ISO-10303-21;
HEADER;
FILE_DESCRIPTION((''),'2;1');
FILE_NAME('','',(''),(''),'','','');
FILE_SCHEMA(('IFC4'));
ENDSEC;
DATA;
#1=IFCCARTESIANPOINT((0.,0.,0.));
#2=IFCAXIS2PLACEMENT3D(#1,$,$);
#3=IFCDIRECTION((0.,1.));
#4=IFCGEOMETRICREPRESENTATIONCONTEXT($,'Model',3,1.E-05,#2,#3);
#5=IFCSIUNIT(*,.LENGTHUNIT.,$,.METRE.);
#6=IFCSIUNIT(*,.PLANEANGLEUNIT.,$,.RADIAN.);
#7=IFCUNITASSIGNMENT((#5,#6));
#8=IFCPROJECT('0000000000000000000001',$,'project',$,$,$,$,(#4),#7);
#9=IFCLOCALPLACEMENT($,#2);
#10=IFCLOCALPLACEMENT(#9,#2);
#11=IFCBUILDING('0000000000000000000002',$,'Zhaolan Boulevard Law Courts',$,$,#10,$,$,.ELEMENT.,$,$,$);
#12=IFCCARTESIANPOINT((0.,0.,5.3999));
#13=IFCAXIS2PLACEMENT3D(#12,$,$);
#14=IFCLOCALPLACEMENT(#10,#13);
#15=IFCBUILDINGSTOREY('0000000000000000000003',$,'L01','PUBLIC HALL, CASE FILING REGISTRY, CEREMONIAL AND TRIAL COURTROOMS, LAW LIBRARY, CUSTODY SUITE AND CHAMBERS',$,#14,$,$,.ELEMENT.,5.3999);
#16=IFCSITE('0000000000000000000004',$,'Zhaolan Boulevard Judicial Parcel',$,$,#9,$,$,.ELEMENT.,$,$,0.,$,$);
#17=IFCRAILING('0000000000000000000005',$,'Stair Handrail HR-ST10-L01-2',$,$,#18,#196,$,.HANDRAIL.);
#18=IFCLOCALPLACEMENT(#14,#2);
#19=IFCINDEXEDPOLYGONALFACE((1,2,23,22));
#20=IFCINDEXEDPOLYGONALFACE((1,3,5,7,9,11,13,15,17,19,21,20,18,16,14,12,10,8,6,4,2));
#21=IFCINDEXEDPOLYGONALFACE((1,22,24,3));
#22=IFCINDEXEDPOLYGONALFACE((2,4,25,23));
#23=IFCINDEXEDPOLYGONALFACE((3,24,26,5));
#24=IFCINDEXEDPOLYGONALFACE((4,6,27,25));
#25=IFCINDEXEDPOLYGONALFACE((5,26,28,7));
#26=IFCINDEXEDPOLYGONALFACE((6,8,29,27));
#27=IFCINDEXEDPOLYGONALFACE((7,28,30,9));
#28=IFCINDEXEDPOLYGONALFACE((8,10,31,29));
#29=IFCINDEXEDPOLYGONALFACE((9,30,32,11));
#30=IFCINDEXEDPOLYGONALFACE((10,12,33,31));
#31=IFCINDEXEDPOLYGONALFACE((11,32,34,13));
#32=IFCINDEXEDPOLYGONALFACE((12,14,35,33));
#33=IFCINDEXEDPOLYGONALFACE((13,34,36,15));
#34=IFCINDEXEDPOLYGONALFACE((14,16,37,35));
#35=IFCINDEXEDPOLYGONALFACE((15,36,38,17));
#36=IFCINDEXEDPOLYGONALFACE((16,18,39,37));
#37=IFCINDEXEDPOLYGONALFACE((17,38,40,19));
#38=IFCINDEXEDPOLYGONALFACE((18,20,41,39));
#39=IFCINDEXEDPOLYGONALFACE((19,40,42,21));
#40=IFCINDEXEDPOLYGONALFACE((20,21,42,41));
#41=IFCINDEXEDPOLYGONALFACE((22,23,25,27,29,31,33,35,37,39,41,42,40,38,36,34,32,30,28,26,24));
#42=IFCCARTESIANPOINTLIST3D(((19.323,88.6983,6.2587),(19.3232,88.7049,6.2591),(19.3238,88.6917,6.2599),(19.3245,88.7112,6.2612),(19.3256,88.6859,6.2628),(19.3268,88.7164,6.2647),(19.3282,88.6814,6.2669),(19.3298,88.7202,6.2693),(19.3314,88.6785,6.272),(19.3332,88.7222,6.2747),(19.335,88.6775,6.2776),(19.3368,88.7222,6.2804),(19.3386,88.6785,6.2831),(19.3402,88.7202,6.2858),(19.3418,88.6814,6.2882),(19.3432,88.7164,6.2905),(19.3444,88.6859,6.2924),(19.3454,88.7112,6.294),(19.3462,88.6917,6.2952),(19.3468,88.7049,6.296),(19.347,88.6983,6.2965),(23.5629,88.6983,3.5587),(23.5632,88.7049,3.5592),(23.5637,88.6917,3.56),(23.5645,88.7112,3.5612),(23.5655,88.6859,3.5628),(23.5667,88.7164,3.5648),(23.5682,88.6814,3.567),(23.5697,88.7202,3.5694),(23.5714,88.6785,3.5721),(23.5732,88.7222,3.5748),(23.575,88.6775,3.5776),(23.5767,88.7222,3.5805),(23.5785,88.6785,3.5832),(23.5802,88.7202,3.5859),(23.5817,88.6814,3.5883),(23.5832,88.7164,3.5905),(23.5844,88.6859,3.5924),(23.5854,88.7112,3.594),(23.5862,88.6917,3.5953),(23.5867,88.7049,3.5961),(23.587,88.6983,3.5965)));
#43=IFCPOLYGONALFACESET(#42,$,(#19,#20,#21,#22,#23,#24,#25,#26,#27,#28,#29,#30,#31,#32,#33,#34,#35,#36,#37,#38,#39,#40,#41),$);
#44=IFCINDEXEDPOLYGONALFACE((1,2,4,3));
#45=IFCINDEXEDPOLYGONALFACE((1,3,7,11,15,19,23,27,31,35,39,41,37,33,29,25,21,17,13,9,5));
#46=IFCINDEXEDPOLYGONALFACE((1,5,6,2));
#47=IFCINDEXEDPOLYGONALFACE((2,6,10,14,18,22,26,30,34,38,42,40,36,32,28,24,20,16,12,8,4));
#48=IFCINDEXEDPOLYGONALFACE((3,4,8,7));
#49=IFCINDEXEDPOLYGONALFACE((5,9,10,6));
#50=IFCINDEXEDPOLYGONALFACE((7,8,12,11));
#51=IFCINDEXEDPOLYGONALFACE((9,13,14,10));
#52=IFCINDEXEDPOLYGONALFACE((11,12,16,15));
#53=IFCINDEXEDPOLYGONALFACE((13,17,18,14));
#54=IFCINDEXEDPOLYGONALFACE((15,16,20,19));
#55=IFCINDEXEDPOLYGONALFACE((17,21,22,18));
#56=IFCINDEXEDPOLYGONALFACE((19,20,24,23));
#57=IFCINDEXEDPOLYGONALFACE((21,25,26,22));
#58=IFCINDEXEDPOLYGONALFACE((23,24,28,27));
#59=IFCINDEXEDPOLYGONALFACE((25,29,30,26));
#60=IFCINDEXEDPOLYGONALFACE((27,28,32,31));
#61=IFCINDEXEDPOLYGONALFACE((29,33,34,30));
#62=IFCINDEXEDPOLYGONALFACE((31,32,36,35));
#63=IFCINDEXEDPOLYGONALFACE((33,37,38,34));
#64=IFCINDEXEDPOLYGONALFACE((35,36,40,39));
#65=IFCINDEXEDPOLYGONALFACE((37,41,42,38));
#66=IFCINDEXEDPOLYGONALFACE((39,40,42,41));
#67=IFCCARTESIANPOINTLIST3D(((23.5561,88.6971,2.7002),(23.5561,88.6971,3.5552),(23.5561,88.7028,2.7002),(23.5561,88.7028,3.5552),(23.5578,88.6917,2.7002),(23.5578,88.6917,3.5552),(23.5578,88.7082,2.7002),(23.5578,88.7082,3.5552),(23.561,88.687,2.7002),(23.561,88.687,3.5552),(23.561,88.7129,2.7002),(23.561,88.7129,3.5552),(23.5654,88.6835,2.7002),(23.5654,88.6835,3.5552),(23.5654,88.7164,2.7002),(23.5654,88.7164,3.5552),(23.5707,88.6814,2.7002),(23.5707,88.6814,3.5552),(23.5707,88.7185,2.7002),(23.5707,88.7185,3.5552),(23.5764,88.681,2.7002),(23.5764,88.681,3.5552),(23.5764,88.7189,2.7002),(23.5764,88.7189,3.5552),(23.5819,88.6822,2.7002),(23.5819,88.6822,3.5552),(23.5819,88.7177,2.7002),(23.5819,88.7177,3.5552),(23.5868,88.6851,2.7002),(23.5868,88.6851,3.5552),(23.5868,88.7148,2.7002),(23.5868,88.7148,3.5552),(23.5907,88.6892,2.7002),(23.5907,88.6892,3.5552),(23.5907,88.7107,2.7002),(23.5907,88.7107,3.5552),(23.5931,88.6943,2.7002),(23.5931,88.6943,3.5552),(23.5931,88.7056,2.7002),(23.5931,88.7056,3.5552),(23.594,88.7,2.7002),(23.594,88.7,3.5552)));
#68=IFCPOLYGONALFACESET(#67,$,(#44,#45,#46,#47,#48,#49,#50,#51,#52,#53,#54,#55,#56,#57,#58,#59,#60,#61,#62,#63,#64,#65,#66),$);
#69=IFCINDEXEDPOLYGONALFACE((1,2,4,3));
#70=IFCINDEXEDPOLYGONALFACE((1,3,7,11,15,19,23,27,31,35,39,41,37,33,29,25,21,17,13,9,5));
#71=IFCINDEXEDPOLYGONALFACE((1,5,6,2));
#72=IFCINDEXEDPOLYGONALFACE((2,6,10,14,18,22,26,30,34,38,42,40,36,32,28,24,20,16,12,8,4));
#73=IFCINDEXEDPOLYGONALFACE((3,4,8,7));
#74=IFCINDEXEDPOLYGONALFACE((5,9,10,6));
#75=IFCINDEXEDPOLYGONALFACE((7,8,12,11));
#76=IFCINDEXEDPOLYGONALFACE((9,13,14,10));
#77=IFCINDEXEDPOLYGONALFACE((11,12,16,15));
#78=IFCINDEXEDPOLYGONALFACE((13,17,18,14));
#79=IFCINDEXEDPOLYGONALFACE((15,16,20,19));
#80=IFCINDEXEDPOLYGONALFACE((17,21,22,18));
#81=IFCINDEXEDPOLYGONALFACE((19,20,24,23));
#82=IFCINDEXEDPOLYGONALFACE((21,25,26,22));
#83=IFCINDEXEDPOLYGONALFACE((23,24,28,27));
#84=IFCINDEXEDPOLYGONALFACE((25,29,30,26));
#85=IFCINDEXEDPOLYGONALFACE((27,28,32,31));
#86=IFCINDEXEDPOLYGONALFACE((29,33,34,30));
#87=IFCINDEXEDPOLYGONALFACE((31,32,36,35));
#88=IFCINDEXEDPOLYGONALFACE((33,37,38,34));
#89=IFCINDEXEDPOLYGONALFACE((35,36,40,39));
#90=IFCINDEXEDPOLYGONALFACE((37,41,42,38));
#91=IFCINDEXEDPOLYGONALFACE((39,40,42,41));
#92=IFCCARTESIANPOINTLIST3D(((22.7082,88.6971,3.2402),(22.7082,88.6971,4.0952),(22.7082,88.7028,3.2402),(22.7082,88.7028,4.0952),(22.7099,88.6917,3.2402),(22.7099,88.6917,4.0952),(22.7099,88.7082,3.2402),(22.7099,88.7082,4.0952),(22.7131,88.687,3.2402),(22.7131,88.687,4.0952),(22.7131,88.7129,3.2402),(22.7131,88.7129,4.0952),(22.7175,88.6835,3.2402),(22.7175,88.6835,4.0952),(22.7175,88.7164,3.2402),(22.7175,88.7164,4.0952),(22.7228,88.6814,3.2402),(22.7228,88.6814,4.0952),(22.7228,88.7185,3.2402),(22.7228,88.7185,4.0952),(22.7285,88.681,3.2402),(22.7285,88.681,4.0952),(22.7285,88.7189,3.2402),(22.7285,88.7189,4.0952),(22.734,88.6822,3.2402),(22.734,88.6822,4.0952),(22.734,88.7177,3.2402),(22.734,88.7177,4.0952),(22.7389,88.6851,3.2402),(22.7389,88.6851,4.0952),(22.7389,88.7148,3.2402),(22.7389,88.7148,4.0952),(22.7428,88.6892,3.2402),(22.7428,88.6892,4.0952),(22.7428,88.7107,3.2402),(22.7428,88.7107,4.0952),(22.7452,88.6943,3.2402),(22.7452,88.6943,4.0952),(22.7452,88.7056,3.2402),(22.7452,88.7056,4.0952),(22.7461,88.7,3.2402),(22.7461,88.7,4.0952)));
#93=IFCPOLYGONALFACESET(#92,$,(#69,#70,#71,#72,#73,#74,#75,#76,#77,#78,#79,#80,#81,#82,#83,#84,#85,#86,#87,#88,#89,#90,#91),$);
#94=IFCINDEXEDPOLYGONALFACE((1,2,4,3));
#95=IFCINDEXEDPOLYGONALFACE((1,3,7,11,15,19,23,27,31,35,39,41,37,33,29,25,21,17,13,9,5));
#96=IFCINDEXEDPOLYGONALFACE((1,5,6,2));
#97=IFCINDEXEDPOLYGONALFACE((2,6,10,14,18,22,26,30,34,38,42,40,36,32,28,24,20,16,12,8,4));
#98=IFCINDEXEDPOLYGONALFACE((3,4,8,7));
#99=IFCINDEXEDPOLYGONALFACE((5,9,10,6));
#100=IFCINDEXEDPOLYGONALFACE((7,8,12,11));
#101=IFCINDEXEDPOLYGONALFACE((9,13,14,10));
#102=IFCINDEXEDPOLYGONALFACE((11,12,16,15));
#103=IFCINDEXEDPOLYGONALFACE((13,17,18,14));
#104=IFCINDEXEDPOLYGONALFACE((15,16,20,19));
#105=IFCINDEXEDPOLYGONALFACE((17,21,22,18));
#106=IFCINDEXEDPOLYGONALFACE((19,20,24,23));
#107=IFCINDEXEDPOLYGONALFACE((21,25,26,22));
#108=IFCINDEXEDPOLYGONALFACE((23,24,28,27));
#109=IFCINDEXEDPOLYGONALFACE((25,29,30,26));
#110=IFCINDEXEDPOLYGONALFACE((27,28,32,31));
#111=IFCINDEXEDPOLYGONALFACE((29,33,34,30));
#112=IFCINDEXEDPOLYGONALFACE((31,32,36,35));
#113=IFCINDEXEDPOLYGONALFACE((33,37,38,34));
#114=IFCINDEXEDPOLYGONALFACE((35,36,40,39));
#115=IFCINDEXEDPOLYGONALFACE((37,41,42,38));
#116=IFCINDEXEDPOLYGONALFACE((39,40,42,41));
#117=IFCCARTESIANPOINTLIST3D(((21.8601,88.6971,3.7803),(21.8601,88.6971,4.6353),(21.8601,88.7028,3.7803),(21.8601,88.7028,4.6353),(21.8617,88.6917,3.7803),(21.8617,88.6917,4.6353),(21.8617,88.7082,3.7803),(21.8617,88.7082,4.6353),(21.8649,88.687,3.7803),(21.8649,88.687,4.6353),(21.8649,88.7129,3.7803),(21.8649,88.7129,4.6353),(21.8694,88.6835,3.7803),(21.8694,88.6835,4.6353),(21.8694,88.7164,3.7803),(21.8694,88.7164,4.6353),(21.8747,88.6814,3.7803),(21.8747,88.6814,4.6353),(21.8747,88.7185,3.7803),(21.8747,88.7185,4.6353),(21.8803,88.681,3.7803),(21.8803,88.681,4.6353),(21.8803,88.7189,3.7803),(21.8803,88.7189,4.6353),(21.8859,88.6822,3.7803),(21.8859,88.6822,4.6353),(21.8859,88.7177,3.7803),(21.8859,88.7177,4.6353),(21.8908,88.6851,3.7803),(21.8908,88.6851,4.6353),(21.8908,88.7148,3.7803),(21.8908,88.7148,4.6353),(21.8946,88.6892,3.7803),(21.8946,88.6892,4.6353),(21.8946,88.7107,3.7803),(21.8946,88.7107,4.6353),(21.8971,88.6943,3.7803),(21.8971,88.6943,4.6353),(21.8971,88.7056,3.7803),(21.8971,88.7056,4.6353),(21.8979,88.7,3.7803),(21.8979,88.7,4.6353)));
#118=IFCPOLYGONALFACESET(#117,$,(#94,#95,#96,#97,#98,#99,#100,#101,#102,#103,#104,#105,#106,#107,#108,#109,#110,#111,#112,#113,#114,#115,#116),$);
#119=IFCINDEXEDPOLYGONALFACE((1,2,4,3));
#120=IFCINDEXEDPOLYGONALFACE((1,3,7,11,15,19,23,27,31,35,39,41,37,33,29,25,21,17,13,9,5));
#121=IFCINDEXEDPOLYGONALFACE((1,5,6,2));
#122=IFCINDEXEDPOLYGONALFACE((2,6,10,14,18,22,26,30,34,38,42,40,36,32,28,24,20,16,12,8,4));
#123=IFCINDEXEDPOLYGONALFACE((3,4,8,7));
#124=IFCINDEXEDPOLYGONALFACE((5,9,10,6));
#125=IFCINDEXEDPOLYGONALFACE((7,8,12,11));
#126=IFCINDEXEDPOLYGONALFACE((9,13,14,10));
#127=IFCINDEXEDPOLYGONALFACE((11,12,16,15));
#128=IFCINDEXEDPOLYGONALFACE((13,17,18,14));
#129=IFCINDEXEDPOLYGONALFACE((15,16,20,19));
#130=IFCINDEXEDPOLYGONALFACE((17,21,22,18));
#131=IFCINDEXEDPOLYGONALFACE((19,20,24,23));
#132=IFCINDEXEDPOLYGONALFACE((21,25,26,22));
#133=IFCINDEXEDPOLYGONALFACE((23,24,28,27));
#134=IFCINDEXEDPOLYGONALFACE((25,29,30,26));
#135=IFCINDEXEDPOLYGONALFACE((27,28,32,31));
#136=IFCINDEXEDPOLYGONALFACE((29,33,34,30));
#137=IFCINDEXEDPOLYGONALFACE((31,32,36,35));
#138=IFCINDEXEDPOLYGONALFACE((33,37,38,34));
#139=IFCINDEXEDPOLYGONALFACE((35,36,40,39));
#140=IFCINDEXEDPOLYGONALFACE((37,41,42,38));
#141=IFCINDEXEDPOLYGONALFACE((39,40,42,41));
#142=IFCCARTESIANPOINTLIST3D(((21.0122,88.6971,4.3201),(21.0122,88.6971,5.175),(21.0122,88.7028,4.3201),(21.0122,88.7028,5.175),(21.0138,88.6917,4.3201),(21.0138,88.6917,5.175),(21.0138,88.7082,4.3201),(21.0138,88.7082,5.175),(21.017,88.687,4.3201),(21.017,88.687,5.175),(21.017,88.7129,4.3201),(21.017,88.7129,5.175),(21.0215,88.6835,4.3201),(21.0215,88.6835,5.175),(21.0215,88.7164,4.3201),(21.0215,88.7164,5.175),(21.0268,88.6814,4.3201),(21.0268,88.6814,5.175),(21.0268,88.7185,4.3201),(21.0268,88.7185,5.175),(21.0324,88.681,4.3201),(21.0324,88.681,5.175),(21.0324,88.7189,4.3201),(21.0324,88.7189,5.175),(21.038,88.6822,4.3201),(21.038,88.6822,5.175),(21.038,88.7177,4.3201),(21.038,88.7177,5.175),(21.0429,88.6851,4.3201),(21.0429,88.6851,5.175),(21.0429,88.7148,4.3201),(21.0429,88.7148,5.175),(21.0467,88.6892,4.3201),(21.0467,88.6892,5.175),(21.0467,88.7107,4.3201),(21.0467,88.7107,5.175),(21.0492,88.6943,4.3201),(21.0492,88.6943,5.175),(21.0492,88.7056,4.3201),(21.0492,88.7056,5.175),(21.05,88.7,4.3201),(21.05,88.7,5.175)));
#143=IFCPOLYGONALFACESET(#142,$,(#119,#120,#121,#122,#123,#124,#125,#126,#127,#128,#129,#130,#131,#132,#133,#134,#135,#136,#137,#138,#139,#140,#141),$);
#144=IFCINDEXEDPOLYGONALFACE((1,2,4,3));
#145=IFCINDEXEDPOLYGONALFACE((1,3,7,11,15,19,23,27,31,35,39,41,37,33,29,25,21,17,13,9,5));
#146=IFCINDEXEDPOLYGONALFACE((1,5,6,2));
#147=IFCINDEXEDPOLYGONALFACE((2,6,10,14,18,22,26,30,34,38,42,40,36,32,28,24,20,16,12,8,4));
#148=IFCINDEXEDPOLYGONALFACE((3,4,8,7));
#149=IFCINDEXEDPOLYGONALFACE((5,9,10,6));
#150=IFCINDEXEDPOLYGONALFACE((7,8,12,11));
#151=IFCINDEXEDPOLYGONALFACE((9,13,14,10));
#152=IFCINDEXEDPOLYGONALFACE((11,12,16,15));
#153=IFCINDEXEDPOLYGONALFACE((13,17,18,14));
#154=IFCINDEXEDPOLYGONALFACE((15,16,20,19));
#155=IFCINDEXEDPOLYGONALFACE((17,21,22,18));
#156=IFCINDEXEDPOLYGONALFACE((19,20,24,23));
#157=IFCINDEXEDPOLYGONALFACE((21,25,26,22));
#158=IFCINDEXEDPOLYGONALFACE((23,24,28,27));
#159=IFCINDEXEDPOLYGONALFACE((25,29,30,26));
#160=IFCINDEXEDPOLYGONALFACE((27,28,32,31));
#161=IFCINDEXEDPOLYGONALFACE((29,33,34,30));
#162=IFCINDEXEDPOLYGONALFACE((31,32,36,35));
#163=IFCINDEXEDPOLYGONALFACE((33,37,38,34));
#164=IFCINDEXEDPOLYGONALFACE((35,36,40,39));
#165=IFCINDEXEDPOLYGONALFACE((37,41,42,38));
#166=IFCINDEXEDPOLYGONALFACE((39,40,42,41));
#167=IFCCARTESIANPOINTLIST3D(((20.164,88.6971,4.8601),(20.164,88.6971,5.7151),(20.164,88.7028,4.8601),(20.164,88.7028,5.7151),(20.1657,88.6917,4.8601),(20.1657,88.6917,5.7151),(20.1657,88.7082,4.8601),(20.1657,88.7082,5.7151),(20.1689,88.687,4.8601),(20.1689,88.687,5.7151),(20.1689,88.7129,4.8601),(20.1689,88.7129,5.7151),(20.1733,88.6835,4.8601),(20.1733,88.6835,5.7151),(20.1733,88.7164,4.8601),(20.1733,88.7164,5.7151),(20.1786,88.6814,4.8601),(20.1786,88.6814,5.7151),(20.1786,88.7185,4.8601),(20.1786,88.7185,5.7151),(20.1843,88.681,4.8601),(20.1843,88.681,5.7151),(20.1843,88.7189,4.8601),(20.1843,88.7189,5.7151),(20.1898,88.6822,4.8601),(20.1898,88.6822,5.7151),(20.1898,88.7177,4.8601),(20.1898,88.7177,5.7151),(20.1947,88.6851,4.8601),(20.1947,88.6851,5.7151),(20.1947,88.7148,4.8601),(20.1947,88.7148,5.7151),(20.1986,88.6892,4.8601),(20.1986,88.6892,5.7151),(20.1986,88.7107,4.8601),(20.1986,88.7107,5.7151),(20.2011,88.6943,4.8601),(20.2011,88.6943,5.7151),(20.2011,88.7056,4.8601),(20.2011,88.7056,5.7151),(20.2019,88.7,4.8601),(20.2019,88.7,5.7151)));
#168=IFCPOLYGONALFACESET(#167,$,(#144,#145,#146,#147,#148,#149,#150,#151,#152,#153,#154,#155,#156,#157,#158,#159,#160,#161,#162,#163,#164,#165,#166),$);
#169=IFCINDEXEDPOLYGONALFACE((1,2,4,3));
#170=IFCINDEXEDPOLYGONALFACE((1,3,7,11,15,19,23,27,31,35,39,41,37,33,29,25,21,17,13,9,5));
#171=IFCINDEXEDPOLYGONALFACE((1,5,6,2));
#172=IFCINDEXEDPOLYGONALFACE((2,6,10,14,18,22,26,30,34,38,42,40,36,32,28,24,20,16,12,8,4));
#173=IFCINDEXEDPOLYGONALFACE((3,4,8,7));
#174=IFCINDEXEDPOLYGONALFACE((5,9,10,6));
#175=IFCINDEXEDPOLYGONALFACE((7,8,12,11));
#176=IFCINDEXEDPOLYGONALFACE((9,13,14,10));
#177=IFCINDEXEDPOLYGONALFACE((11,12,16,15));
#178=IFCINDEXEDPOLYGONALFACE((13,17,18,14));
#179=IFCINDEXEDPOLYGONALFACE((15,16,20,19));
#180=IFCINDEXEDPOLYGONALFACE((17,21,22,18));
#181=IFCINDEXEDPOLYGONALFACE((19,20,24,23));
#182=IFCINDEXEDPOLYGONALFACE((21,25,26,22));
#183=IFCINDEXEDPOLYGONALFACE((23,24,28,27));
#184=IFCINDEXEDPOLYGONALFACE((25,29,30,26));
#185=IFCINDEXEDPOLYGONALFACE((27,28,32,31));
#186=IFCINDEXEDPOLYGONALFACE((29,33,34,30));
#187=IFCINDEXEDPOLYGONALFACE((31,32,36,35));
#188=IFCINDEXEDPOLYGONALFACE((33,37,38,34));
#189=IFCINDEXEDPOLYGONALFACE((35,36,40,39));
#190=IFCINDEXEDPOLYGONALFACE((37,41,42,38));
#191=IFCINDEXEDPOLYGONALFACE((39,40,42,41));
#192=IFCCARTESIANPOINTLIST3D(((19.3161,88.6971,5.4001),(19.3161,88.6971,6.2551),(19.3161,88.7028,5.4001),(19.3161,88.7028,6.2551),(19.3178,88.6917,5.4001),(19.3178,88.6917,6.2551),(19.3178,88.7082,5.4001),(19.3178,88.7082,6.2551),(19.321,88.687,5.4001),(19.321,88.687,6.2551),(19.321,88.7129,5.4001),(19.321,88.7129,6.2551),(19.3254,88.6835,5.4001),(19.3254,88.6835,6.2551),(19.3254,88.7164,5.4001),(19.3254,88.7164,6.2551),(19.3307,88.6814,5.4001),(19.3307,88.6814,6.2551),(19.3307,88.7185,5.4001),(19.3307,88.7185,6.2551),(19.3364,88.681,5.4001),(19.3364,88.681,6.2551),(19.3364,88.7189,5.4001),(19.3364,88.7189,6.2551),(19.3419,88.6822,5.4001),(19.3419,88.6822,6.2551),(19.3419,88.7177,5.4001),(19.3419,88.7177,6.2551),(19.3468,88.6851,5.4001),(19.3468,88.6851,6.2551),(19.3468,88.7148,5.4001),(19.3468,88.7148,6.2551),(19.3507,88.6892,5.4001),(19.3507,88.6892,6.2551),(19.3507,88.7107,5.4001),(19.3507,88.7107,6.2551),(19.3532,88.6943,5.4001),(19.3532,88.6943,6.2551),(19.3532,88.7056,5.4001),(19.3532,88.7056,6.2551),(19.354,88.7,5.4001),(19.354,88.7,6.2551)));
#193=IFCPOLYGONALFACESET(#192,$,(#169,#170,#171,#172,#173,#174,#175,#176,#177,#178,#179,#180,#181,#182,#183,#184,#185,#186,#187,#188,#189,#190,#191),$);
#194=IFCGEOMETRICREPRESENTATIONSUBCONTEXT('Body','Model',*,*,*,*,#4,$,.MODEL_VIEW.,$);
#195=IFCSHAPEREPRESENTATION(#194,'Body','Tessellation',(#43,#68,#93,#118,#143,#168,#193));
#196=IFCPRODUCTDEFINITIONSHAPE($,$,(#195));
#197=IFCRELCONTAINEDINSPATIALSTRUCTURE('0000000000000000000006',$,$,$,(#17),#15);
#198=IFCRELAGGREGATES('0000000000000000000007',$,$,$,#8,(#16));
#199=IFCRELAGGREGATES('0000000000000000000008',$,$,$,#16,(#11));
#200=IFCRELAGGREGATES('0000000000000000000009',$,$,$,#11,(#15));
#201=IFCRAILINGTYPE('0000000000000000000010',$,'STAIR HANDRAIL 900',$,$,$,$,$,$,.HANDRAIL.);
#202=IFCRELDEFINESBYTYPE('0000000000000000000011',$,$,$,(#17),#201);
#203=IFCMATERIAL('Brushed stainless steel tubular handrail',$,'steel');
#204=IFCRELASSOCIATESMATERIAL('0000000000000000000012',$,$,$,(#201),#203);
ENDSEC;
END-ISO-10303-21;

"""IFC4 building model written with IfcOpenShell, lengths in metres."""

from ifc_helpers import new_model, si_unit, direction, frame, origin, origin_2d, place, context, subcontext, project, spatial, circle, extrude, material, type_object, element, save


model = new_model("IFC4")

# Units and contexts
model_context = context("Model", 3, precision=1e-05, world=origin(), true_north=direction((0.0, 1.0)))
body_context = subcontext(model_context, "Body", "Model", "MODEL_VIEW")
ifc_project = project(units=[si_unit("LENGTHUNIT", "METRE"), si_unit("PLANEANGLEUNIT", "RADIAN")], contexts=[model_context])

# Site, building, storey
site_placement = place(None, origin())
site = spatial("IfcSite", under=ifc_project, at=site_placement, Name="Zhaolan Boulevard Judicial Parcel", CompositionType="ELEMENT", RefElevation=0.0)
building_placement = place(site_placement, origin())
building = spatial("IfcBuilding", under=site, at=building_placement, Name="Zhaolan Boulevard Law Courts", CompositionType="ELEMENT")
storey_placement = place(building_placement, frame((0.0, 0.0, 5.3999)))
storey = spatial("IfcBuildingStorey", under=building, at=storey_placement, Name="L01", Description="PUBLIC HALL, CASE FILING REGISTRY, CEREMONIAL AND TRIAL COURTROOMS, LAW LIBRARY, CUSTODY SUITE AND CHAMBERS", CompositionType="ELEMENT", Elevation=5.3999)

# Railing
ifc_material_1 = material(Name="Brushed stainless steel tubular handrail", Category="steel")
railing_type_1 = type_object("IfcRailingType", Name="STAIR HANDRAIL 900", PredefinedType="HANDRAIL", material=ifc_material_1)
railing_1_placement = place(storey_placement, frame((23.575, 88.7, 2.7002)))
element("IfcRailing", 1, at=railing_1_placement, inside=storey, type_object=railing_type_1, Name="Stair Handrail HR-ST10-L01-2", PredefinedType="HANDRAIL", context=body_context, shape_type="SweptSolid", body=[
    extrude(circle(Radius=0.0225, at=origin_2d()), frame((0.0, 0.0, 0.8774), z_axis=(-0.843501, 0.0, 0.537127), x_axis=(0.0, -1.0, 0.0)), (0.0, 0.0, 1.0), 5.0266),
    extrude(circle(Radius=0.019, at=origin_2d()), origin(), (0.0, 0.0, 1.0), 0.855),
    extrude(circle(Radius=0.019, at=origin_2d()), frame((-0.8479, 0.0, 0.54)), (0.0, 0.0, 1.0), 0.855),
    extrude(circle(Radius=0.019, at=origin_2d()), frame((-1.696, 0.0, 1.0801)), (0.0, 0.0, 1.0), 0.855),
    extrude(circle(Radius=0.019, at=origin_2d()), frame((-2.5439, 0.0, 1.6199)), (0.0, 0.0, 1.0), 0.855),
    extrude(circle(Radius=0.019, at=origin_2d()), frame((-3.3921, 0.0, 2.1599)), (0.0, 0.0, 1.0), 0.855),
    extrude(circle(Radius=0.019, at=origin_2d()), frame((-4.24, 0.0, 2.7)), (0.0, 0.0, 1.0), 0.855),
])

save(model, "model.ifc")
